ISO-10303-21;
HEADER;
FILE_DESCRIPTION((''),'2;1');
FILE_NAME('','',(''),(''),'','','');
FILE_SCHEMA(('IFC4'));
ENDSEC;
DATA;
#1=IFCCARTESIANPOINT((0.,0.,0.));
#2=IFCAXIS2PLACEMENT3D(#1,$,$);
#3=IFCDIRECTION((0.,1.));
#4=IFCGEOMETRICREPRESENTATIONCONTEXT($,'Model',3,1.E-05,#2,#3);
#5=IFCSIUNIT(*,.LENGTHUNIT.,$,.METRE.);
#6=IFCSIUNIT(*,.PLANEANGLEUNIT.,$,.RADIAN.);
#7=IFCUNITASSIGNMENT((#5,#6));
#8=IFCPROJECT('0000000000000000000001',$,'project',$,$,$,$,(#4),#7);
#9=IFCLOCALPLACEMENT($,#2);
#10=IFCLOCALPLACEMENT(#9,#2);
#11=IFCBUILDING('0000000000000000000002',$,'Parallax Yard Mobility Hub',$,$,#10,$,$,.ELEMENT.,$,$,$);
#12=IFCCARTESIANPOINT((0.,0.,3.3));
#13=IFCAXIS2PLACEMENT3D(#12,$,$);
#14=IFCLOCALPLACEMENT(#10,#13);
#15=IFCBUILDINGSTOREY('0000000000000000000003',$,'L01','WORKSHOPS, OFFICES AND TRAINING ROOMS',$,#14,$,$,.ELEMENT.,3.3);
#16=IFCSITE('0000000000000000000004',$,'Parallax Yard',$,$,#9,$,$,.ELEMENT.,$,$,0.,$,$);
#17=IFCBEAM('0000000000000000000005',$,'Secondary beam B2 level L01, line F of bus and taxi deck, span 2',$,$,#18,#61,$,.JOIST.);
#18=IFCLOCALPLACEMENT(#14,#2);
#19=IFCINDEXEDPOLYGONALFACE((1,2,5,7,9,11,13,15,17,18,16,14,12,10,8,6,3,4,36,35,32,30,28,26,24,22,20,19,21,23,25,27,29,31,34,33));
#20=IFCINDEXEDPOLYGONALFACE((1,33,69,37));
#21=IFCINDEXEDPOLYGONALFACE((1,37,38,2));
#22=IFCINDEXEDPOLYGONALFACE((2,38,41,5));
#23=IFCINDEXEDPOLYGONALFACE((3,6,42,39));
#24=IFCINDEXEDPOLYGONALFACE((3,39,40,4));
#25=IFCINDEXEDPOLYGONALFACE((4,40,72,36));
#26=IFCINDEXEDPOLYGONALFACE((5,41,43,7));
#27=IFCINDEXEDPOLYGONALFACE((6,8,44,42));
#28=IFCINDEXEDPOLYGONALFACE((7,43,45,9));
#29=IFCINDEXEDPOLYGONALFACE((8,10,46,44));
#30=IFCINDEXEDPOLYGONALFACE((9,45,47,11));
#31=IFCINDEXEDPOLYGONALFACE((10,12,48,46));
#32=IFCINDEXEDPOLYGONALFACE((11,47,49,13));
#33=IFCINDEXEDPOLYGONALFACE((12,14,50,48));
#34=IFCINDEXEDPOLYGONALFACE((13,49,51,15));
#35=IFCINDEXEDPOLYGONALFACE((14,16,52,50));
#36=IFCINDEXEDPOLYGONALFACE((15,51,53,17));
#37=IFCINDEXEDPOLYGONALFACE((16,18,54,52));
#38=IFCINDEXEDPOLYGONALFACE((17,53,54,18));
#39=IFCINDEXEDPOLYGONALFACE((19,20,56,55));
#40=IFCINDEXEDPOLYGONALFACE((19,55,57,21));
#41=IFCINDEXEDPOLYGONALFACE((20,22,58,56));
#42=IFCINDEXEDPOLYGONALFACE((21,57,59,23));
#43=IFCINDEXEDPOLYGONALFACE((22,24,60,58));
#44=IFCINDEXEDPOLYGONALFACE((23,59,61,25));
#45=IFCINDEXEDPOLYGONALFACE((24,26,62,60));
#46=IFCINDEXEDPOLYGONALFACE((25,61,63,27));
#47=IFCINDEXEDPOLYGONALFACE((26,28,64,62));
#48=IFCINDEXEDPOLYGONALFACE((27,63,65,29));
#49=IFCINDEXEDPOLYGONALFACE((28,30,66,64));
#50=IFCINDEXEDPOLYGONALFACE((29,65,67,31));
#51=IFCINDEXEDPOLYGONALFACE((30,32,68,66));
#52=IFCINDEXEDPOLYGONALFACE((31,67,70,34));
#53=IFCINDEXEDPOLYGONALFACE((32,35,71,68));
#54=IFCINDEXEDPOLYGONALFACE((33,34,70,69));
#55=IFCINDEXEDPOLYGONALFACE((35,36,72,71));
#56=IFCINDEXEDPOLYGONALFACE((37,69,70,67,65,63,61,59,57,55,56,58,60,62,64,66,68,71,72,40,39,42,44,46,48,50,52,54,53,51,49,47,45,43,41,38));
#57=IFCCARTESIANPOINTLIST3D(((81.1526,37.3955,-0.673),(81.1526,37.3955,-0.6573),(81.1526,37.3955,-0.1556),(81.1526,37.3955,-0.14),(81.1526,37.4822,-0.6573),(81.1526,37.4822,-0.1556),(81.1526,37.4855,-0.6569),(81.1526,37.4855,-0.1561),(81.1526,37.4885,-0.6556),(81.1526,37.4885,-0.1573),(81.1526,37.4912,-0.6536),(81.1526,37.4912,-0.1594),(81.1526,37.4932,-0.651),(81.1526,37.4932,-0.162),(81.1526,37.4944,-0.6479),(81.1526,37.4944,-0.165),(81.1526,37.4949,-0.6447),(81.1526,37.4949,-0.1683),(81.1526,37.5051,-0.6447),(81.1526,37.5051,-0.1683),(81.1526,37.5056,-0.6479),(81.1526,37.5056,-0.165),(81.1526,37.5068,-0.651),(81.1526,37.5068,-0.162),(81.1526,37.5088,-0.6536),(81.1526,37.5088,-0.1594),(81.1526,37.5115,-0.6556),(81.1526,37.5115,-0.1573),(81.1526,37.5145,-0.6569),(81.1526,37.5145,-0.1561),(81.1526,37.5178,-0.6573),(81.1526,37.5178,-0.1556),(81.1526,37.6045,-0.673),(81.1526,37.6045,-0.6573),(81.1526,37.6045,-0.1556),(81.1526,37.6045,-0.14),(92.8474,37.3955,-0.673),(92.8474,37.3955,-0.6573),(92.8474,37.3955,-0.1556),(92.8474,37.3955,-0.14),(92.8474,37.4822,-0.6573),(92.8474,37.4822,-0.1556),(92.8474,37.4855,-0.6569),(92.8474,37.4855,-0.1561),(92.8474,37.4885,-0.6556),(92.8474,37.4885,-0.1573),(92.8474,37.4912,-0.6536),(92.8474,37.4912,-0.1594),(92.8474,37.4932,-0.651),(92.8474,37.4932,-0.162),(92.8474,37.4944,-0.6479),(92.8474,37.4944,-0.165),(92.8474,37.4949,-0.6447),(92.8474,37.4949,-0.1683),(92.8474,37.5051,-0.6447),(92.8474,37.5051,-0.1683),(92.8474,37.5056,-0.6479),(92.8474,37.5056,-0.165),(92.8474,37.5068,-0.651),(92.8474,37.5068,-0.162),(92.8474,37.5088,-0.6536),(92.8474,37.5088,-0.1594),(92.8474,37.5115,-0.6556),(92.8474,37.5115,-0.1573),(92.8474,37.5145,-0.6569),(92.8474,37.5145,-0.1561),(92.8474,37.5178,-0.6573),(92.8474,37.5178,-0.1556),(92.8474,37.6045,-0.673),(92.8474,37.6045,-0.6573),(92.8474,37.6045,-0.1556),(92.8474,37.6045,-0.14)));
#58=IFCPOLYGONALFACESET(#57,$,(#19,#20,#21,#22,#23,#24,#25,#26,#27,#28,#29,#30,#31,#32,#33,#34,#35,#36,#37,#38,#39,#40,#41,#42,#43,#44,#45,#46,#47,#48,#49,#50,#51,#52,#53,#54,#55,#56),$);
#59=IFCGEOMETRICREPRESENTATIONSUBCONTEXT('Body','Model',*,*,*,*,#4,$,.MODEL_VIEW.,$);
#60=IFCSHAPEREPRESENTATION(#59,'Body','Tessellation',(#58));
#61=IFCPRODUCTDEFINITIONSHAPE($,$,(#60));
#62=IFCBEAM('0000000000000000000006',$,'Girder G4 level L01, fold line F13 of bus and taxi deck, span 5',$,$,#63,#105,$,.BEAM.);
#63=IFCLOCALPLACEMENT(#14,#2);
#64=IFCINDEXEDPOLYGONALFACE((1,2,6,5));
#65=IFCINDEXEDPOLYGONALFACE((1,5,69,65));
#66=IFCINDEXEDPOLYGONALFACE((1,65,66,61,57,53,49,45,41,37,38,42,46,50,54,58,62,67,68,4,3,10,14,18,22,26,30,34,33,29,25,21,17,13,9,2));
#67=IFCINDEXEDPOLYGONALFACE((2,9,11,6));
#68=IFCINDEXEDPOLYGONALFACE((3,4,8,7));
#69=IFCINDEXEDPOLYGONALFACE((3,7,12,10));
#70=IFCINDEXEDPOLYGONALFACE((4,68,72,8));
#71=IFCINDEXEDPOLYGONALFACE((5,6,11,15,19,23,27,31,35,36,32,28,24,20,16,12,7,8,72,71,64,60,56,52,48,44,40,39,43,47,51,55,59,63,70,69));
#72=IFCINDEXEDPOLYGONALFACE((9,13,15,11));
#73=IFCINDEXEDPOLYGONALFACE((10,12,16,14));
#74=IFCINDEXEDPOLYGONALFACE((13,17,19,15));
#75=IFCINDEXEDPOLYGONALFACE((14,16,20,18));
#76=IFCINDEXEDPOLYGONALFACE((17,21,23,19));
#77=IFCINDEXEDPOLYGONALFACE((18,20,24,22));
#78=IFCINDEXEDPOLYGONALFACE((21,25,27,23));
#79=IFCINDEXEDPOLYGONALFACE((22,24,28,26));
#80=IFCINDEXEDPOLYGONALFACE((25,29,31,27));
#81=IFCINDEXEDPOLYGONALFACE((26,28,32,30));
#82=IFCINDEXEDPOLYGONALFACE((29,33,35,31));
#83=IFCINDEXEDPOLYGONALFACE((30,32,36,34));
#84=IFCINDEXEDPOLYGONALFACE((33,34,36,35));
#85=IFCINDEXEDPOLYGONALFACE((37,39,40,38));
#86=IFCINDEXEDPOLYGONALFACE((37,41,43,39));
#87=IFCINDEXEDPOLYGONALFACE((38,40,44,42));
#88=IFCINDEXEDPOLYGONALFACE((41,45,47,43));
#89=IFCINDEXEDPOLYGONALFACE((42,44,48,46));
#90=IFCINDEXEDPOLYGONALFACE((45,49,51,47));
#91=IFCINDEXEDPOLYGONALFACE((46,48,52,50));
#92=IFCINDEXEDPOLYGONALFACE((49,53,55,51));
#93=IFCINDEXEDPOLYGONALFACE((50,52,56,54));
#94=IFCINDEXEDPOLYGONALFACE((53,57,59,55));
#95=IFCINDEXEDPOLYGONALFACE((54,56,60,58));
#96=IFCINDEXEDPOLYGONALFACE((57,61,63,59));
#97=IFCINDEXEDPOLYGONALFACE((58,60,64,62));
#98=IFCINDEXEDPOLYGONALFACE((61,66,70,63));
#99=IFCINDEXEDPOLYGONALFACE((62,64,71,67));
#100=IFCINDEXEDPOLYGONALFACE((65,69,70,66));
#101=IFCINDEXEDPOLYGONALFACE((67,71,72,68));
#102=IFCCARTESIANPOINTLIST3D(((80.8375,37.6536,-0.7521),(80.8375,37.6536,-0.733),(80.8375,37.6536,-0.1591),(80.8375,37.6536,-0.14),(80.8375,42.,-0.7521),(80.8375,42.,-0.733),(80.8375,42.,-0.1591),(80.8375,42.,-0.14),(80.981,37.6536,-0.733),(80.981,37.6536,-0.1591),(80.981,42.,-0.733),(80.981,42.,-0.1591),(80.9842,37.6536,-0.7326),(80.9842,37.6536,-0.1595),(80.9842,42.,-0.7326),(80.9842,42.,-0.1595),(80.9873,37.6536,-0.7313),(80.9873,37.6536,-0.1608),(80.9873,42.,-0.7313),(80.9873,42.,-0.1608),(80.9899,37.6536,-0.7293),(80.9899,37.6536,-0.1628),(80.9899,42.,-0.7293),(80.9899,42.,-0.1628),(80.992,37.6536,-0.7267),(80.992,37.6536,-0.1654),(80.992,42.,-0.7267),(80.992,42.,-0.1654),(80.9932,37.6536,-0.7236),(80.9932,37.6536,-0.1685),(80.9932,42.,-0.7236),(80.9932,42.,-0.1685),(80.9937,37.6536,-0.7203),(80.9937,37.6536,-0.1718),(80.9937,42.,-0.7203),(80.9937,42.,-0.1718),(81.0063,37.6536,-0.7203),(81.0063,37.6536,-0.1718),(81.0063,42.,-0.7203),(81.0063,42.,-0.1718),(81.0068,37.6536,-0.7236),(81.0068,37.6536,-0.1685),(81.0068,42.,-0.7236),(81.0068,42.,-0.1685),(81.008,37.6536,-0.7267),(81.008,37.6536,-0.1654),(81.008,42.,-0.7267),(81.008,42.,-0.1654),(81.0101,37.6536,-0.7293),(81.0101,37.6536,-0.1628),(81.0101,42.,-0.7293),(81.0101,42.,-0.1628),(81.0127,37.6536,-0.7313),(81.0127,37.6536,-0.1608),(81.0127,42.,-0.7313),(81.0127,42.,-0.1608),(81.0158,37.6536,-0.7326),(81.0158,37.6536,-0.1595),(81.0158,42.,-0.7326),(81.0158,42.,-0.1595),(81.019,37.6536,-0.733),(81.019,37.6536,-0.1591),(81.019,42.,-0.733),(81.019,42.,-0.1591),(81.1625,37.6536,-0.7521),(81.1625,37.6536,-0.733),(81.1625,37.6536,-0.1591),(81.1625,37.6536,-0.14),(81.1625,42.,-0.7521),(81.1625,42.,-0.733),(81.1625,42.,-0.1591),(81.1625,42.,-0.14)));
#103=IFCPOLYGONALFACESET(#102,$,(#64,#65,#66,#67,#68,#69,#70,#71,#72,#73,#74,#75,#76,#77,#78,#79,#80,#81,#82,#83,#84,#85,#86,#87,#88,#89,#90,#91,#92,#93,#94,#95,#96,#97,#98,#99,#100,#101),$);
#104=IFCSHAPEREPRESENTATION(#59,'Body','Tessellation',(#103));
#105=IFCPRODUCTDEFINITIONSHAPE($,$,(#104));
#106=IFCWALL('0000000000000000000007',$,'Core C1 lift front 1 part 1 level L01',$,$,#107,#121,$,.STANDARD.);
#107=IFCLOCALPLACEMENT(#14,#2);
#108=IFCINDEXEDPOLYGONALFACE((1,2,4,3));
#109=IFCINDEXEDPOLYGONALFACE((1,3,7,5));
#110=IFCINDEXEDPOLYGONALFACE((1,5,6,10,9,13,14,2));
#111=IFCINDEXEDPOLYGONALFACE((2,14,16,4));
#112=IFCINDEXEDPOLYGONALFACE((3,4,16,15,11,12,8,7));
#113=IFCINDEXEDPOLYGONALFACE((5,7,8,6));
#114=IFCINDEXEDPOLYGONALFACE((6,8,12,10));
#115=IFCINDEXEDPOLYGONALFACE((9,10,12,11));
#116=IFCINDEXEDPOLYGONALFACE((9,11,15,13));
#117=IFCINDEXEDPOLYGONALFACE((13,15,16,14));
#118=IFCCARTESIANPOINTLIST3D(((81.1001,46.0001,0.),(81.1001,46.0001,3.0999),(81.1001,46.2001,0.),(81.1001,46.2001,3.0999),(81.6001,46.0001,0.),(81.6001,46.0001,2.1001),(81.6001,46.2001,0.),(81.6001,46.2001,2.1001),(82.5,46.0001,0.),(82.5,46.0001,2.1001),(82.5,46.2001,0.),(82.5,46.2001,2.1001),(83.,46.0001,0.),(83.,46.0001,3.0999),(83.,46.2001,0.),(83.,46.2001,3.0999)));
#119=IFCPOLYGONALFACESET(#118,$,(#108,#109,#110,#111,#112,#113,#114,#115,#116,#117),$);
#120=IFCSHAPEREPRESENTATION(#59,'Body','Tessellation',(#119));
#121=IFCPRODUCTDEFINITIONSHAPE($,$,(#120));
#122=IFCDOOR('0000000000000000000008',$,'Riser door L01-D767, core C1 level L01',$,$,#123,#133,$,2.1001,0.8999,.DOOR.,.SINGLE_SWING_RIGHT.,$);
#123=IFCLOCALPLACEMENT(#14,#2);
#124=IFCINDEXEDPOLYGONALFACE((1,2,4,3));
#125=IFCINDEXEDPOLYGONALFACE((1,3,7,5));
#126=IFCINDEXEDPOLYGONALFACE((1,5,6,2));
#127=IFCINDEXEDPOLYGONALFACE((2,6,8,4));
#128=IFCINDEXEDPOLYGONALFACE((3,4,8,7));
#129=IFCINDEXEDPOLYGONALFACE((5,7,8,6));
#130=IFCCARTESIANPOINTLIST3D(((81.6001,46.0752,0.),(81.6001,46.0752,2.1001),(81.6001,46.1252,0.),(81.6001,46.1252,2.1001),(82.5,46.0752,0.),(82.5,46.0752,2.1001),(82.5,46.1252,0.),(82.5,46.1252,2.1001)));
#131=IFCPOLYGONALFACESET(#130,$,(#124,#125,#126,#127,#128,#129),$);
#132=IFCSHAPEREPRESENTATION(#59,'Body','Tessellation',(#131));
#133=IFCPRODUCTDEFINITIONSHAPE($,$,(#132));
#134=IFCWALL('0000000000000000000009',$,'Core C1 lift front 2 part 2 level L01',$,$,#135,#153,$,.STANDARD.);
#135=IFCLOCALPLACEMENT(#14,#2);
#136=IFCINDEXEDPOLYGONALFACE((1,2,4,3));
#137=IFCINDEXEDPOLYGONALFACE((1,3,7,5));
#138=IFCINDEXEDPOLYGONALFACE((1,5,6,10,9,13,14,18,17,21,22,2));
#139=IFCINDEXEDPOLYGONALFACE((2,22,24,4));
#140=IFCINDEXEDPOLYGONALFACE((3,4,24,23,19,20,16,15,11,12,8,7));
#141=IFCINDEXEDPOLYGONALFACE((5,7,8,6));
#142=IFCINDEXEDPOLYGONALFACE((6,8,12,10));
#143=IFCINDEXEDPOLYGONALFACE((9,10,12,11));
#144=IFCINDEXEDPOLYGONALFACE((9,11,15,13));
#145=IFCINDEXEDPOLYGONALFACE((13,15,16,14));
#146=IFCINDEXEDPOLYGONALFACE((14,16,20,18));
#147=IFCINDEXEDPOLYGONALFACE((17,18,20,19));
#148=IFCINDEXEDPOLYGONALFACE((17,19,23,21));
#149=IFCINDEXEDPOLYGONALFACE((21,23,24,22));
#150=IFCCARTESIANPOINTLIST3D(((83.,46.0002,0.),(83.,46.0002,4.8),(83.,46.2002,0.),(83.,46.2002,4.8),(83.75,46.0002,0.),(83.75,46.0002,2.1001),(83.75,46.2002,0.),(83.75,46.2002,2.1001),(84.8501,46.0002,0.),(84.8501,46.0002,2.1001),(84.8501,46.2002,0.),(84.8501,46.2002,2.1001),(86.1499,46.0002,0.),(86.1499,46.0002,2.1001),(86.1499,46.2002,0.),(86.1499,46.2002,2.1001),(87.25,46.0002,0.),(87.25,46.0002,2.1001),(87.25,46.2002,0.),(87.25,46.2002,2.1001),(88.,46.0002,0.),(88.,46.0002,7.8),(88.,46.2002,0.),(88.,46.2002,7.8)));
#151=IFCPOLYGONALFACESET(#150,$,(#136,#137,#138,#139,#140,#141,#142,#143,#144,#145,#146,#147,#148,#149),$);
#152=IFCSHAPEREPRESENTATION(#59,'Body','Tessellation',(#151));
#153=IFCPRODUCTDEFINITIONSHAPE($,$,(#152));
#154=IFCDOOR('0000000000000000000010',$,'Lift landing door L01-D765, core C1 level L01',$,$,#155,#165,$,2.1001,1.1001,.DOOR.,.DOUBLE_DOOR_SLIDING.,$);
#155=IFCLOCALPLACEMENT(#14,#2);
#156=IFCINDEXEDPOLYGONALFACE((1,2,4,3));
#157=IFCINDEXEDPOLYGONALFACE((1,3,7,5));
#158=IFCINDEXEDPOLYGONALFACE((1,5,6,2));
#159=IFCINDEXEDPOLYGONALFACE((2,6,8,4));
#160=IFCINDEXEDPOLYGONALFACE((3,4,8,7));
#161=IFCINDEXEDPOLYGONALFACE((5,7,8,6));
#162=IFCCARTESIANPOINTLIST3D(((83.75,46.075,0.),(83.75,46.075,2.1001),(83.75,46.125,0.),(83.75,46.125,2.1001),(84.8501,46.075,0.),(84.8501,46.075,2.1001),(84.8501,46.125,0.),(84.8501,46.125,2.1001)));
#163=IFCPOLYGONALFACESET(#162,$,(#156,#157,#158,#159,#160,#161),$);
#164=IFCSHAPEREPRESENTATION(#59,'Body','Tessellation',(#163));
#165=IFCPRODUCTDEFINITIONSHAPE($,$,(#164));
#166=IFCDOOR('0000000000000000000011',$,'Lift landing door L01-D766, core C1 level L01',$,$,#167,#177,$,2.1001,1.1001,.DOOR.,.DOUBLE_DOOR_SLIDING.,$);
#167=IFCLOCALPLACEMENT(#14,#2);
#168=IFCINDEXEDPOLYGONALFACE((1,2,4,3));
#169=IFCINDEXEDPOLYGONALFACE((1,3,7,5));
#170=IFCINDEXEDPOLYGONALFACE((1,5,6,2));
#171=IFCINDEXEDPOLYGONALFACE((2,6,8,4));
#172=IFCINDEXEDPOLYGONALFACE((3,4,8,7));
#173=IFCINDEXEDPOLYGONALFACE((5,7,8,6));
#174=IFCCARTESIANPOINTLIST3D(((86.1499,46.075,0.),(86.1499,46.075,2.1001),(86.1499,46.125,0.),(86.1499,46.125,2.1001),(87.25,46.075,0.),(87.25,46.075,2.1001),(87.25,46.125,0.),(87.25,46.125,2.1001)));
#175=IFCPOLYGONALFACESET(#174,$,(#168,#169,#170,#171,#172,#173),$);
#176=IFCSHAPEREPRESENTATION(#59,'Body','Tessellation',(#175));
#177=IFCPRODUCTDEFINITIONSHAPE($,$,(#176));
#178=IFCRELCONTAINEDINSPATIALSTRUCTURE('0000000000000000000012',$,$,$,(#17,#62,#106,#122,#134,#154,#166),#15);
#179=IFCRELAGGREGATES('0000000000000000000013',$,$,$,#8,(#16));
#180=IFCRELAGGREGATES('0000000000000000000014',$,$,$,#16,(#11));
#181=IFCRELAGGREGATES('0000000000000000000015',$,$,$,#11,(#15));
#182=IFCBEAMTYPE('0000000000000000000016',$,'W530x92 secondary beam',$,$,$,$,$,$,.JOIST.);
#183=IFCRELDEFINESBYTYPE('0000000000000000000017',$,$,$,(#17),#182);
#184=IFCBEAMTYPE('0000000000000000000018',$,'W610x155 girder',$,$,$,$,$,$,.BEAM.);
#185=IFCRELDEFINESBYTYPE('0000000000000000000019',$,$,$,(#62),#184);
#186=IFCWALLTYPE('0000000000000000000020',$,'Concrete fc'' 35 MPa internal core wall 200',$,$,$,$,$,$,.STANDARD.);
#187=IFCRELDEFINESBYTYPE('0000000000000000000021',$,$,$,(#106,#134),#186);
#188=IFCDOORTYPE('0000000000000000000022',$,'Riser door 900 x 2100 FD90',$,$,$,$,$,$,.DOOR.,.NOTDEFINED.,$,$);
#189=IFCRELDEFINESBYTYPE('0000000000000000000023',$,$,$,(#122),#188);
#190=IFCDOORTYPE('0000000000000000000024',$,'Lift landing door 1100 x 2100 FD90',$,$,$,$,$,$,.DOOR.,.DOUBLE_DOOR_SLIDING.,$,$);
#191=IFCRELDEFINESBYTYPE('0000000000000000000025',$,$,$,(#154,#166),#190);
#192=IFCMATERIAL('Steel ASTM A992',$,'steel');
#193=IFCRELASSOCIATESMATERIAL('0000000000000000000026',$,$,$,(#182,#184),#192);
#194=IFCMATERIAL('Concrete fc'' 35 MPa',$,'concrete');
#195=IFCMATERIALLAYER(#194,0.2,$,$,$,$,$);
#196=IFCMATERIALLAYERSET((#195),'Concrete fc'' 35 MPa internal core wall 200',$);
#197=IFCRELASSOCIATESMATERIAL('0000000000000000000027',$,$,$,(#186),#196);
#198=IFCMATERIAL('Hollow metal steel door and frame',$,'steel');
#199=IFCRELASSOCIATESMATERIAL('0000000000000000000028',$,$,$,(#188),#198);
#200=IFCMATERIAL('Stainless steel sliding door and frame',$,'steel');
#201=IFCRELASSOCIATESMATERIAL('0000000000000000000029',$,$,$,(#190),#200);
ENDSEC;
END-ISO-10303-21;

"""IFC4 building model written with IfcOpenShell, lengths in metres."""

from ifc_helpers import new_model, si_unit, direction, frame, frame_2d, origin, origin_2d, place, context, subcontext, project, spatial, polyline, rectangle, i_section, outline, extrude, material, layer, layer_set, material_profile, profile_set, type_object, element, fill, save


model = new_model("IFC4")

# Units and contexts
model_context = context("Model", 3, precision=1e-05, world=origin(), true_north=direction((0.0, 1.0)))
body_context = subcontext(model_context, "Body", "Model", "MODEL_VIEW")
ifc_project = project(units=[si_unit("LENGTHUNIT", "METRE"), si_unit("PLANEANGLEUNIT", "RADIAN")], contexts=[model_context])

# Site, building, storey
site_placement = place(None, origin())
site = spatial("IfcSite", under=ifc_project, at=site_placement, Name="Parallax Yard", CompositionType="ELEMENT", RefElevation=0.0)
building_placement = place(site_placement, origin())
building = spatial("IfcBuilding", under=site, at=building_placement, Name="Parallax Yard Mobility Hub", CompositionType="ELEMENT")
storey_placement = place(building_placement, frame((0.0, 0.0, 3.3)))
storey = spatial("IfcBuildingStorey", under=building, at=storey_placement, Name="L01", Description="WORKSHOPS, OFFICES AND TRAINING ROOMS", CompositionType="ELEMENT", Elevation=3.3)

# Shared definitions
ifc_material_1 = material(Name="Steel ASTM A992", Category="steel")

# Beams
ifc_material_profile_1 = material_profile(ifc_material_1, i_section(OverallWidth=0.209, OverallDepth=0.533, WebThickness=0.0103, FlangeThickness=0.0156, FilletRadius=0.0127, at=origin_2d()), Name="W530x92")
ifc_profile_set_1 = profile_set([ifc_material_profile_1], Name="Steel ASTM A992")
beam_type_1 = type_object("IfcBeamType", Name="W530x92 secondary beam", PredefinedType="JOIST", material=ifc_profile_set_1)
beam_1_placement = place(storey_placement, frame((81.1526, 37.5, -0.4065), z_axis=(1.0, 0.0, 0.0), x_axis=(0.0, 1.0, 0.0)))
element("IfcBeam", 1, at=beam_1_placement, inside=storey, type_object=beam_type_1, Name="Secondary beam B2 level L01, line F of bus and taxi deck, span 2", PredefinedType="JOIST", context=body_context, shape_type="SweptSolid", body=[
    extrude(i_section(OverallWidth=0.209, OverallDepth=0.533, WebThickness=0.0103, FlangeThickness=0.0156, FilletRadius=0.0127, at=origin_2d()), origin(), (0.0, 0.0, 1.0), 11.6948),
])
ifc_material_profile_2 = material_profile(ifc_material_1, i_section(OverallWidth=0.325, OverallDepth=0.6121, WebThickness=0.0127, FlangeThickness=0.019, FilletRadius=0.0127, at=origin_2d()), Name="W610x155")
ifc_profile_set_2 = profile_set([ifc_material_profile_2], Name="Steel ASTM A992")
beam_type_2 = type_object("IfcBeamType", Name="W610x155 girder", PredefinedType="BEAM", material=ifc_profile_set_2)
beam_2_placement = place(storey_placement, frame((81.0, 37.6536, -0.446), z_axis=(0.0, 1.0, 0.0), x_axis=(-1.0, 0.0, 0.0)))
element("IfcBeam", 2, at=beam_2_placement, inside=storey, type_object=beam_type_2, Name="Girder G4 level L01, fold line F13 of bus and taxi deck, span 5", PredefinedType="BEAM", context=body_context, shape_type="SweptSolid", body=[
    extrude(i_section(OverallWidth=0.325, OverallDepth=0.6121, WebThickness=0.0127, FlangeThickness=0.019, FilletRadius=0.0127, at=origin_2d()), origin(), (0.0, 0.0, 1.0), 4.3464),
])

# Wall, opening, door
ifc_material_2 = material(Name="Concrete fc' 35 MPa", Category="concrete")
ifc_layer_1 = layer(ifc_material_2, 0.2)
ifc_layer_set_1 = layer_set([ifc_layer_1], Name="Concrete fc' 35 MPa internal core wall 200")
wall_type_1 = type_object("IfcWallType", Name="Concrete fc' 35 MPa internal core wall 200", PredefinedType="STANDARD", material=ifc_layer_set_1)
wall_1_placement = place(storey_placement, frame((83.0, 46.1001, 0.0), z_axis=(0.0, 0.0, 1.0), x_axis=(-1.0, 0.0, 0.0)))
wall_1 = element("IfcWall", 3, at=wall_1_placement, inside=storey, type_object=wall_type_1, Name="Core C1 lift front 1 part 1 level L01", PredefinedType="STANDARD", context=body_context, shape_type="SweptSolid", body=[
    extrude(rectangle(XDim=1.8999, YDim=0.2, at=frame_2d((0.95, 0.0))), origin(), (0.0, 0.0, 1.0), 3.0999),
])
opening_1_placement = place(wall_1_placement, frame((0.5, 0.0, 0.0)))
opening_1 = element("IfcOpeningElement", 4, at=opening_1_placement, cuts=wall_1, PredefinedType="OPENING", context=body_context, shape_type="SweptSolid", body=[
    extrude(rectangle(XDim=0.8999, YDim=2.1001, at=frame_2d((0.45, 1.05))), frame((0.0, 0.1099, 0.0), z_axis=(0.0, -1.0, 0.0), x_axis=(1.0, 0.0, 0.0)), (0.0, 0.0, 1.0), 0.22),
])
ifc_material_3 = material(Name="Hollow metal steel door and frame", Category="steel")
door_type_1 = type_object("IfcDoorType", Name="Riser door 900 x 2100 FD90", OperationType="NOTDEFINED", PredefinedType="DOOR", material=ifc_material_3)
door_1_placement = place(opening_1_placement, origin())
door_1 = element("IfcDoor", 5, at=door_1_placement, inside=storey, type_object=door_type_1, Name="Riser door L01-D767, core C1 level L01", OperationType="SINGLE_SWING_RIGHT", OverallHeight=2.1001, OverallWidth=0.8999, PredefinedType="DOOR", context=body_context, shape_type="SweptSolid", body=[
    extrude(rectangle(XDim=0.8999, YDim=2.1001, at=frame_2d((0.45, 1.05))), frame((0.0, 0.0249, 0.0), z_axis=(0.0, -1.0, 0.0), x_axis=(1.0, 0.0, 0.0)), (0.0, 0.0, 1.0), 0.05),
])
fill(opening_1, door_1)

# Wall, openings, doors
wall_2_placement = place(storey_placement, frame((83.0, 46.1001, 0.0), z_axis=(0.0, 0.0, 1.0), x_axis=(1.0, 0.0, 0.0)))
wall_2 = element("IfcWall", 6, at=wall_2_placement, inside=storey, type_object=wall_type_1, Name="Core C1 lift front 2 part 2 level L01", PredefinedType="STANDARD", context=body_context, shape_type="SweptSolid", body=[
    extrude(outline(polyline([(0.0, 0.0), (5.0, 0.0), (5.0, 7.8), (0.0, 4.8), (0.0, 0.0)])), frame((0.0, 0.1001, 0.0), z_axis=(0.0, -1.0, 0.0), x_axis=(1.0, 0.0, 0.0)), (0.0, 0.0, 1.0), 0.2),
])
opening_2_placement = place(wall_2_placement, frame((0.75, 0.0, 0.0)))
opening_2 = element("IfcOpeningElement", 7, at=opening_2_placement, cuts=wall_2, PredefinedType="OPENING", context=body_context, shape_type="SweptSolid", body=[
    extrude(rectangle(XDim=1.1001, YDim=2.1001, at=frame_2d((0.55, 1.05))), frame((0.0, 0.1099, 0.0), z_axis=(0.0, -1.0, 0.0), x_axis=(1.0, 0.0, 0.0)), (0.0, 0.0, 1.0), 0.22),
])
opening_3_placement = place(wall_2_placement, frame((3.1499, 0.0, 0.0)))
opening_3 = element("IfcOpeningElement", 8, at=opening_3_placement, cuts=wall_2, PredefinedType="OPENING", context=body_context, shape_type="SweptSolid", body=[
    extrude(rectangle(XDim=1.1001, YDim=2.1001, at=frame_2d((0.55, 1.05))), frame((0.0, 0.1099, 0.0), z_axis=(0.0, -1.0, 0.0), x_axis=(1.0, 0.0, 0.0)), (0.0, 0.0, 1.0), 0.22),
])
ifc_material_4 = material(Name="Stainless steel sliding door and frame", Category="steel")
door_type_2 = type_object("IfcDoorType", Name="Lift landing door 1100 x 2100 FD90", OperationType="DOUBLE_DOOR_SLIDING", PredefinedType="DOOR", material=ifc_material_4)
door_2_placement = place(opening_2_placement, origin())
door_2 = element("IfcDoor", 9, at=door_2_placement, inside=storey, type_object=door_type_2, Name="Lift landing door L01-D765, core C1 level L01", OperationType="DOUBLE_DOOR_SLIDING", OverallHeight=2.1001, OverallWidth=1.1001, PredefinedType="DOOR", context=body_context, shape_type="SweptSolid", body=[
    extrude(rectangle(XDim=1.1001, YDim=2.1001, at=frame_2d((0.55, 1.05))), frame((0.0, 0.0249, 0.0), z_axis=(0.0, -1.0, 0.0), x_axis=(1.0, 0.0, 0.0)), (0.0, 0.0, 1.0), 0.05),
])
fill(opening_2, door_2)
door_3_placement = place(opening_3_placement, origin())
door_3 = element("IfcDoor", 10, at=door_3_placement, inside=storey, type_object=door_type_2, Name="Lift landing door L01-D766, core C1 level L01", OperationType="DOUBLE_DOOR_SLIDING", OverallHeight=2.1001, OverallWidth=1.1001, PredefinedType="DOOR", context=body_context, shape_type="SweptSolid", body=[
    extrude(rectangle(XDim=1.1001, YDim=2.1001, at=frame_2d((0.55, 1.05))), frame((0.0, 0.0249, 0.0), z_axis=(0.0, -1.0, 0.0), x_axis=(1.0, 0.0, 0.0)), (0.0, 0.0, 1.0), 0.05),
])
fill(opening_3, door_3)

save(model, "model.ifc")
